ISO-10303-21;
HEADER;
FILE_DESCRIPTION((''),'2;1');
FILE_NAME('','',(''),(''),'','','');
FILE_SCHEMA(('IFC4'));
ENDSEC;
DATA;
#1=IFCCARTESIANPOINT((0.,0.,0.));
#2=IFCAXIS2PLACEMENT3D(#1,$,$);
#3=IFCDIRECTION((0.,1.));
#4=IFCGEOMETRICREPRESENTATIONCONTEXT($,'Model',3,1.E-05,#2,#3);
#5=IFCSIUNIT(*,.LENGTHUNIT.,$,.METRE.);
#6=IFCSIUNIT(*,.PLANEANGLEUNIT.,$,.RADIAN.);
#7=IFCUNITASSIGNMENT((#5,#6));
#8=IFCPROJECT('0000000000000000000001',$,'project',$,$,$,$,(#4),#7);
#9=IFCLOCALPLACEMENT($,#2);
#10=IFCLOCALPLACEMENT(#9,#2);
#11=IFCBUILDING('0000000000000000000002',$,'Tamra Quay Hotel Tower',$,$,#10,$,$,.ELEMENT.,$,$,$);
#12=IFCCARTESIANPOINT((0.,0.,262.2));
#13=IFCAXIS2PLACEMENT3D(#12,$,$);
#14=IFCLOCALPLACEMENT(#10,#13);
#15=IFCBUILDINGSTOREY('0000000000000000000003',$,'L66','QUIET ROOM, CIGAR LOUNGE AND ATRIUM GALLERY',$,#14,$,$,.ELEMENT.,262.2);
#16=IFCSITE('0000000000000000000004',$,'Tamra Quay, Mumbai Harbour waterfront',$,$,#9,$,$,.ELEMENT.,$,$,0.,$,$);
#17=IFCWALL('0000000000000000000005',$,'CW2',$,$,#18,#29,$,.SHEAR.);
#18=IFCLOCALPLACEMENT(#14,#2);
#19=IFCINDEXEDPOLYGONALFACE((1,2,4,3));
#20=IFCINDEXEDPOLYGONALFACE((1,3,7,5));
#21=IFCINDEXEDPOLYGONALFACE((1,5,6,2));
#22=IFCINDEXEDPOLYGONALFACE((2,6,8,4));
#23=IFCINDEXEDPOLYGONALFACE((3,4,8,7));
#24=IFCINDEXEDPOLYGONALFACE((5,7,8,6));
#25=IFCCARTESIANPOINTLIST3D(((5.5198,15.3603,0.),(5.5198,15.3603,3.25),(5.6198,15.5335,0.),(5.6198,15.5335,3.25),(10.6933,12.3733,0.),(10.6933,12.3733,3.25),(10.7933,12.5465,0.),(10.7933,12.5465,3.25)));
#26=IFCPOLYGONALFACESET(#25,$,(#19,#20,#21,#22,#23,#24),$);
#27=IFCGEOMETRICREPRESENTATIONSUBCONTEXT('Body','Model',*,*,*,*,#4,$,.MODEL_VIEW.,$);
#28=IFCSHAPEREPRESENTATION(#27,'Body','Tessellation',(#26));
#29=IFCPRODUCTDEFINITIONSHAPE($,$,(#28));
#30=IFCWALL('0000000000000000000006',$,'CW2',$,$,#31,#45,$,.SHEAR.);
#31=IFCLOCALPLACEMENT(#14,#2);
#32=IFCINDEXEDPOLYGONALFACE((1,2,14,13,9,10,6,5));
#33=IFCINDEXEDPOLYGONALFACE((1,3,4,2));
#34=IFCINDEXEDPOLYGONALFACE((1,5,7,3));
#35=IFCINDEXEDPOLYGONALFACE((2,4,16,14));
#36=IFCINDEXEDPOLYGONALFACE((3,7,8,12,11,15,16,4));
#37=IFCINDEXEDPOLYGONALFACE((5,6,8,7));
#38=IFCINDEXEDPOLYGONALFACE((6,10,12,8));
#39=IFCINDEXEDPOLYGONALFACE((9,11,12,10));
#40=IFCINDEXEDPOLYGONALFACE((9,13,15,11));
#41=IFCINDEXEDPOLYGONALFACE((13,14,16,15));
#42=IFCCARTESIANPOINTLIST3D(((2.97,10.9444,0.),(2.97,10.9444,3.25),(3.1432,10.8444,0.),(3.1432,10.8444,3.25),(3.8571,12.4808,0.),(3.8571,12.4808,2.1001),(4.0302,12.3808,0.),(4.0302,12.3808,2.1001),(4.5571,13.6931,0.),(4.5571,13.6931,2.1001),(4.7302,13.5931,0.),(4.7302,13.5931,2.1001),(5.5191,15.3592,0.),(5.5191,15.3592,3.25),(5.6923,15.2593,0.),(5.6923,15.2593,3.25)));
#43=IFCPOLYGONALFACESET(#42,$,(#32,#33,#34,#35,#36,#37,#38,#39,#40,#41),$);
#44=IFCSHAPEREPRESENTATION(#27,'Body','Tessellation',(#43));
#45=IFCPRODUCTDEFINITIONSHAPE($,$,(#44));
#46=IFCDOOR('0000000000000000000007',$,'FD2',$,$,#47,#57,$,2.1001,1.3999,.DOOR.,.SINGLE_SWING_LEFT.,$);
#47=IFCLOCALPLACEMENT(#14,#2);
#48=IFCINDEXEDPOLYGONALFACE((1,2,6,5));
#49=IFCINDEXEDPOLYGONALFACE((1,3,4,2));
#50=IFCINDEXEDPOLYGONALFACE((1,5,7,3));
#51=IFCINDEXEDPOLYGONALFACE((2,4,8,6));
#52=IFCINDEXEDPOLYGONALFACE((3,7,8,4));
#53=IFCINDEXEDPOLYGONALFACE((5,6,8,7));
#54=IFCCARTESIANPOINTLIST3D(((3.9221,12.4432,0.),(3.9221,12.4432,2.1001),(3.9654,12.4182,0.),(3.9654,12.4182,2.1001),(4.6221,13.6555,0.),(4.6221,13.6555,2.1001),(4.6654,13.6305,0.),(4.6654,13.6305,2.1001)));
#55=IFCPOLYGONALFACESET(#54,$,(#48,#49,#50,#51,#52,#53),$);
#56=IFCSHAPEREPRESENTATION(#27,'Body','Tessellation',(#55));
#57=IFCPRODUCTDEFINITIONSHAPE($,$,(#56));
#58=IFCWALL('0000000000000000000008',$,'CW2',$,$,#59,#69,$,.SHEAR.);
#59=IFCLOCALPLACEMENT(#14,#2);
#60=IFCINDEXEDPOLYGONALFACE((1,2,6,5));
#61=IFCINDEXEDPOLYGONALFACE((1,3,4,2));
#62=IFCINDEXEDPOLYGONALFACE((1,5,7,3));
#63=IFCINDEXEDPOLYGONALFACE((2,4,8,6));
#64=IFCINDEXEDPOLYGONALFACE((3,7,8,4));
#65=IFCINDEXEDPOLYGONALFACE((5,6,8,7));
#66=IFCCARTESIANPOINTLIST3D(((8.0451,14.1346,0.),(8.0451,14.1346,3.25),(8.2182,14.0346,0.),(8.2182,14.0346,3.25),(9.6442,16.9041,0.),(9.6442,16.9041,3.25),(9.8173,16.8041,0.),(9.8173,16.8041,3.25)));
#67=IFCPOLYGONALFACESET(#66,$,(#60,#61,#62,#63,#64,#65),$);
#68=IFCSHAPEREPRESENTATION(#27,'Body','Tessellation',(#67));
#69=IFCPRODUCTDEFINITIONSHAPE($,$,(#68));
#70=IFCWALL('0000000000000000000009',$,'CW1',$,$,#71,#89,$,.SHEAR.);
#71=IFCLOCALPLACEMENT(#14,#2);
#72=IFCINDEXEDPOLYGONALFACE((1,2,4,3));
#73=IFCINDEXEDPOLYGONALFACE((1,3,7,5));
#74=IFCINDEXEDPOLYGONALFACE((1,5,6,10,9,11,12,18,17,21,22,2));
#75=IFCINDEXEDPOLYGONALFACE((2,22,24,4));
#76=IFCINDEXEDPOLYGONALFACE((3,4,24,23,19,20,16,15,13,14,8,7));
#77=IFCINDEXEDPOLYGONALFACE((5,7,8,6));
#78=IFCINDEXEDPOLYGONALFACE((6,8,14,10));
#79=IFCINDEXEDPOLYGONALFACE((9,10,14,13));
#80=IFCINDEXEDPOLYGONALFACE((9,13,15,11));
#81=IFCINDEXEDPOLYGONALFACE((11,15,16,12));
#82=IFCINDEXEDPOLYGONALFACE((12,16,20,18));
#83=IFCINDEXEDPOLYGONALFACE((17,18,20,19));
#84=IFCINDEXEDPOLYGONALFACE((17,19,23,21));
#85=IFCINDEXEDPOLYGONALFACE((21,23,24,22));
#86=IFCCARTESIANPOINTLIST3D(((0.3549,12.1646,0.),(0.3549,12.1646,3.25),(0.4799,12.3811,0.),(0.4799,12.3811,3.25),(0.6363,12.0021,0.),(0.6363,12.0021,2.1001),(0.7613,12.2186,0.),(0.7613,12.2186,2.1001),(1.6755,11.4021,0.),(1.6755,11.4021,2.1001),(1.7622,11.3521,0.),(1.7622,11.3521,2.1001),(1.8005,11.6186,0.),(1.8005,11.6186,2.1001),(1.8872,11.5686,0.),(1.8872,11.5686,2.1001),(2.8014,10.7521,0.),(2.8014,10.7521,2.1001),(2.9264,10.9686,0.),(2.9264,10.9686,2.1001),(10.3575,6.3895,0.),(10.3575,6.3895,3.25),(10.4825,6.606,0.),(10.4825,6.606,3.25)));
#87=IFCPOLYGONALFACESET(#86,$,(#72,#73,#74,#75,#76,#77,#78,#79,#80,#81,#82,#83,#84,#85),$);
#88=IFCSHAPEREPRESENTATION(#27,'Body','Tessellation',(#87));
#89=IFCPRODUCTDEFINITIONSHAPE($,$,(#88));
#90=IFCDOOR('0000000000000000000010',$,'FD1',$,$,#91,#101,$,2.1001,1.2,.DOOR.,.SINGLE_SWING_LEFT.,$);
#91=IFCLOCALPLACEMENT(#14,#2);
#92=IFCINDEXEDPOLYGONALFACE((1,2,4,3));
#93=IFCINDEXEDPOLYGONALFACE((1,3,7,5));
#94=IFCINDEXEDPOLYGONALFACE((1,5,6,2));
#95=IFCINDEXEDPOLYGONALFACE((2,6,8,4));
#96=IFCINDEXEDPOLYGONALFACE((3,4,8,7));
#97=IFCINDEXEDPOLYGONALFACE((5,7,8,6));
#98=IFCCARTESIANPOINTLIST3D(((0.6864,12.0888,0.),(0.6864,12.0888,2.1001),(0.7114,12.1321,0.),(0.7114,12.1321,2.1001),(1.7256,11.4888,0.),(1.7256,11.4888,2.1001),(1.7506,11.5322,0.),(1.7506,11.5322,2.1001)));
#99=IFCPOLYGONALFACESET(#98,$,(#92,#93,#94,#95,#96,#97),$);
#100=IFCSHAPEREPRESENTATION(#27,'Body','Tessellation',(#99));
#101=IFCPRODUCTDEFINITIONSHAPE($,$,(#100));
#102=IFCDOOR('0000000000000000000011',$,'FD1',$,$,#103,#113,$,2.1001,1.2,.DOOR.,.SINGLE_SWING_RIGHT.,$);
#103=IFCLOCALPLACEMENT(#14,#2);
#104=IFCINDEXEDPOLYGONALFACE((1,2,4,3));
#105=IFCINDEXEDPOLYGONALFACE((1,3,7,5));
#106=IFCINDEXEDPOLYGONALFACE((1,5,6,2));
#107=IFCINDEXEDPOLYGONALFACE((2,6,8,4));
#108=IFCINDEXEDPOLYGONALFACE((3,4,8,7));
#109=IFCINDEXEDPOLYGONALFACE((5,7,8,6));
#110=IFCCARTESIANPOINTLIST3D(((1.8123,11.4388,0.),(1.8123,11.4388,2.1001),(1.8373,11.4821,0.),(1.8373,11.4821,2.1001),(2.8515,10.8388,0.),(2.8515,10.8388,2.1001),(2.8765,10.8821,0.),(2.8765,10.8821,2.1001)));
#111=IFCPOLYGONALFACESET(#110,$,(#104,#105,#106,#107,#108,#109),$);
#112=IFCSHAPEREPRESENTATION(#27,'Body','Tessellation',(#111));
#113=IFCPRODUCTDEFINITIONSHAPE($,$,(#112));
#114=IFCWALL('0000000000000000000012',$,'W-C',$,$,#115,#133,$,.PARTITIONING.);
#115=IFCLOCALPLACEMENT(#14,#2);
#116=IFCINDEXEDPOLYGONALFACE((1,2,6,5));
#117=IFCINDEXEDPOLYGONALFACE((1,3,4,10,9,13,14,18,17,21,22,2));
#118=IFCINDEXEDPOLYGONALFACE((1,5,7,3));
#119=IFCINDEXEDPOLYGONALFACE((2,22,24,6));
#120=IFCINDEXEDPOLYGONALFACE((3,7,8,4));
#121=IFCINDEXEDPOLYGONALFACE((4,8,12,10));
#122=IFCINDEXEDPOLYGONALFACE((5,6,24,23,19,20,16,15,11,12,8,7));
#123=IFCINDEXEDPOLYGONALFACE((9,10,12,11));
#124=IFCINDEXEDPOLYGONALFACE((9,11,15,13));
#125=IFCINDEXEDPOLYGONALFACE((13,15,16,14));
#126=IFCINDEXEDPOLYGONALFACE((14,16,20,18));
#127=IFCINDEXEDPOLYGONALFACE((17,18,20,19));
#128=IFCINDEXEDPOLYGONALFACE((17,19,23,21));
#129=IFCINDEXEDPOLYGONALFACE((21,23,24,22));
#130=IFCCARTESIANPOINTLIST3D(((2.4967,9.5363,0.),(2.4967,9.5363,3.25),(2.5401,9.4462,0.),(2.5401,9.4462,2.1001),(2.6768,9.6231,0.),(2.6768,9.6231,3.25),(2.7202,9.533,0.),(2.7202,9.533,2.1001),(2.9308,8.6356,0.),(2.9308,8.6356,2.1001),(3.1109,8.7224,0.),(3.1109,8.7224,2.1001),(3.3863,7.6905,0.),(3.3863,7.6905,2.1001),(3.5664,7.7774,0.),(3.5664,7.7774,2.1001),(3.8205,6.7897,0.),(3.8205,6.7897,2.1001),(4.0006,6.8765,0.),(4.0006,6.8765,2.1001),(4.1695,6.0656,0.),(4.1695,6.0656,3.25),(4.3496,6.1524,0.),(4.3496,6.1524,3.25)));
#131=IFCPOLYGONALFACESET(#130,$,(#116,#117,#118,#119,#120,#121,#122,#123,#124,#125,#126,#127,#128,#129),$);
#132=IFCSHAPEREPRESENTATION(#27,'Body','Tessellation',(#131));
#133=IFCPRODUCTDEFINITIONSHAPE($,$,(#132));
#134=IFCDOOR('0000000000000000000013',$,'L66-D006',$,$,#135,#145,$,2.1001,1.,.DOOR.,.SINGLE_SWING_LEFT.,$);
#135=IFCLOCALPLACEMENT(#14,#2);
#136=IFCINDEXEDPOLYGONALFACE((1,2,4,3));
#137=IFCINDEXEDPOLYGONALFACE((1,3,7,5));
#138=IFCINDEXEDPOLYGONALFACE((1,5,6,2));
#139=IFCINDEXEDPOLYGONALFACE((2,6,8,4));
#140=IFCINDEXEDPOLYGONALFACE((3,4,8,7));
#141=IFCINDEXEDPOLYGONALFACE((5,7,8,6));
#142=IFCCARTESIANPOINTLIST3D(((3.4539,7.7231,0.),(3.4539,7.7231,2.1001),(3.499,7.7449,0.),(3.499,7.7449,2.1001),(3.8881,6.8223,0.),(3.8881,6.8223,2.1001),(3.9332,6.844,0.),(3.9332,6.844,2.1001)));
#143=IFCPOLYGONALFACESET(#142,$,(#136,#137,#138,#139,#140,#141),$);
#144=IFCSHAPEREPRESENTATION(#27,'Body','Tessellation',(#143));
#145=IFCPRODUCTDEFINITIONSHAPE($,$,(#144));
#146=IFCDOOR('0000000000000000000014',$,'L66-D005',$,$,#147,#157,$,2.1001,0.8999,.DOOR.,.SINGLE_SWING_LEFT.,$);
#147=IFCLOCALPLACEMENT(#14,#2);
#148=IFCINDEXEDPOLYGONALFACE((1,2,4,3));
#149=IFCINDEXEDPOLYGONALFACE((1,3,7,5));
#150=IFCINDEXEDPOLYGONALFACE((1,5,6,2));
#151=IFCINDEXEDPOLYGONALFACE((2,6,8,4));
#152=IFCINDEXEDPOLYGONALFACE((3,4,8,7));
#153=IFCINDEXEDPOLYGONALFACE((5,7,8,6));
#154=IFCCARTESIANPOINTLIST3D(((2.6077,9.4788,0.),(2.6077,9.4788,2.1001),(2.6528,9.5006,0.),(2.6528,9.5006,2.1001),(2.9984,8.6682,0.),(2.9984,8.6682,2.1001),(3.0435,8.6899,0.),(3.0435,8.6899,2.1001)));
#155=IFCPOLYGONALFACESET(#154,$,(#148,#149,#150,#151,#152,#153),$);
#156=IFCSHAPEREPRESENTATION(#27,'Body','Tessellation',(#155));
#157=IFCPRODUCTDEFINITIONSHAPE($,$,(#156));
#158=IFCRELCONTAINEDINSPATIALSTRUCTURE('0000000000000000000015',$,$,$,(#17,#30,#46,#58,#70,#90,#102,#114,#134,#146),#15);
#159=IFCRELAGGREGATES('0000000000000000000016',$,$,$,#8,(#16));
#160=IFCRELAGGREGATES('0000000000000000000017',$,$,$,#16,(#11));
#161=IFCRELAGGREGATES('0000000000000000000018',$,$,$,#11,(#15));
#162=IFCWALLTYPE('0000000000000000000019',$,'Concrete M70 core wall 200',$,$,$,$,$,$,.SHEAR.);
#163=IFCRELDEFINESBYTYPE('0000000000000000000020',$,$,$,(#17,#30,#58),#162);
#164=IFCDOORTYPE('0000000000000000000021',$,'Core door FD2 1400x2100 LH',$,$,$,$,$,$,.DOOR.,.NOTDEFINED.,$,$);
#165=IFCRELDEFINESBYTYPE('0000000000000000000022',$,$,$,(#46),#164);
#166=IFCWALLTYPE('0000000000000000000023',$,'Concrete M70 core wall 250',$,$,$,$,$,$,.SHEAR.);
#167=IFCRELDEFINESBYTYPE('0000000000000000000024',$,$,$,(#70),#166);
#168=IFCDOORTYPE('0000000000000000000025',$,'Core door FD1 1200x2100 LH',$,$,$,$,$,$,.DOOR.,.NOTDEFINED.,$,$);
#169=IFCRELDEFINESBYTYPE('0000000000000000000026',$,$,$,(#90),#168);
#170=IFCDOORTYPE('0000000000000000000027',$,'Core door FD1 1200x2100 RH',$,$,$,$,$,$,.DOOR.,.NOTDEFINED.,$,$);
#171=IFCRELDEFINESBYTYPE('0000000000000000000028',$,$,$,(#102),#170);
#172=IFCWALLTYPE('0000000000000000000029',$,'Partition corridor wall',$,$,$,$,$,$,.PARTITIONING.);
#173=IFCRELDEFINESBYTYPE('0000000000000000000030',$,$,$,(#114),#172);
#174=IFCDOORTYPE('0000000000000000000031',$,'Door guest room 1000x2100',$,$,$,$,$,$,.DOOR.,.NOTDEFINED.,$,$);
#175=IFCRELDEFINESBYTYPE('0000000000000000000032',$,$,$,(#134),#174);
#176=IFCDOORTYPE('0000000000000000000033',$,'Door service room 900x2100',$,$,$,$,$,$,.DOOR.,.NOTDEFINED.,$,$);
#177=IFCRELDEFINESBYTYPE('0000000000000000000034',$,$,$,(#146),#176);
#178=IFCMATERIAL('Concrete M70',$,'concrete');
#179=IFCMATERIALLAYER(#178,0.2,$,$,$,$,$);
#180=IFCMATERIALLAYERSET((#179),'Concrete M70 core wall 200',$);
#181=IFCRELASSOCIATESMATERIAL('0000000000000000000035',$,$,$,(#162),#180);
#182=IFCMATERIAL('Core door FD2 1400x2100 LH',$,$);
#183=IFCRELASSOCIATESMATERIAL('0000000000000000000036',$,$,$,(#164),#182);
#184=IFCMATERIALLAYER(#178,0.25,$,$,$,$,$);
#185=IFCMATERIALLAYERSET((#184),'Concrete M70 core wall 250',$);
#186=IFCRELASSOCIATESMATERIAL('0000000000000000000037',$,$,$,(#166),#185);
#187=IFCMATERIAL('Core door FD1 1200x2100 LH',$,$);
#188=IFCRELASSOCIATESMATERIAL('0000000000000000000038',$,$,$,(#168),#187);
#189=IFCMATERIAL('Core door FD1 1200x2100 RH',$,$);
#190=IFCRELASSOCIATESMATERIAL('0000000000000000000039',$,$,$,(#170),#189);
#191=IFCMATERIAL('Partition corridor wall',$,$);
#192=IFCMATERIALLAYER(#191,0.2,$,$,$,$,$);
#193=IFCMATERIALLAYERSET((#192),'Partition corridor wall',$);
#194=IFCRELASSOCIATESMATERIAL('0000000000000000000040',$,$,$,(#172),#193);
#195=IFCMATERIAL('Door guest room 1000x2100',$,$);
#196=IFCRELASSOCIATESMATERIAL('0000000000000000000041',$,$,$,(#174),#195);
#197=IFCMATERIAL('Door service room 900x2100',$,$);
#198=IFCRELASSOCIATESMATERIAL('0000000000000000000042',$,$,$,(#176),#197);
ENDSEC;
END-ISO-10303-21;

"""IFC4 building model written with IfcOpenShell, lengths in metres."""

from ifc_helpers import new_model, si_unit, direction, frame, frame_2d, origin, place, context, subcontext, project, spatial, rectangle, extrude, material, layer, layer_set, type_object, element, fill, save


model = new_model("IFC4")

# Units and contexts
model_context = context("Model", 3, precision=1e-05, world=origin(), true_north=direction((0.0, 1.0)))
body_context = subcontext(model_context, "Body", "Model", "MODEL_VIEW")
ifc_project = project(units=[si_unit("LENGTHUNIT", "METRE"), si_unit("PLANEANGLEUNIT", "RADIAN")], contexts=[model_context])

# Site, building, storey
site_placement = place(None, origin())
site = spatial("IfcSite", under=ifc_project, at=site_placement, Name="Tamra Quay, Mumbai Harbour waterfront", CompositionType="ELEMENT", RefElevation=0.0)
building_placement = place(site_placement, origin())
building = spatial("IfcBuilding", under=site, at=building_placement, Name="Tamra Quay Hotel Tower", CompositionType="ELEMENT")
storey_placement = place(building_placement, frame((0.0, 0.0, 262.2)))
storey = spatial("IfcBuildingStorey", under=building, at=storey_placement, Name="L66", Description="QUIET ROOM, CIGAR LOUNGE AND ATRIUM GALLERY", CompositionType="ELEMENT", Elevation=262.2)

# Wall
ifc_material_1 = material(Name="Concrete M70", Category="concrete")
ifc_layer_1 = layer(ifc_material_1, 0.2)
ifc_layer_set_1 = layer_set([ifc_layer_1], Name="Concrete M70 core wall 200")
wall_type_1 = type_object("IfcWallType", Name="Concrete M70 core wall 200", PredefinedType="SHEAR", material=ifc_layer_set_1)
wall_1_placement = place(storey_placement, frame((10.7432, 12.46, 0.0), z_axis=(0.0, 0.0, 1.0), x_axis=(-0.866019, 0.500011, 0.0)))
element("IfcWall", 1, at=wall_1_placement, inside=storey, type_object=wall_type_1, Name="CW2", PredefinedType="SHEAR", context=body_context, shape_type="SweptSolid", body=[
    extrude(rectangle(XDim=5.9739, YDim=0.2, at=frame_2d((2.9868, 0.0))), origin(), (0.0, 0.0, 1.0), 3.25),
])

# Wall, opening, door
wall_2_placement = place(storey_placement, frame((3.0566, 10.8945, 0.0), z_axis=(0.0, 0.0, 1.0), x_axis=(0.500028, 0.866009, 0.0)))
wall_2 = element("IfcWall", 2, at=wall_2_placement, inside=storey, type_object=wall_type_1, Name="CW2", PredefinedType="SHEAR", context=body_context, shape_type="SweptSolid", body=[
    extrude(rectangle(XDim=5.0979, YDim=0.2, at=frame_2d((2.5488, 0.0))), origin(), (0.0, 0.0, 1.0), 3.25),
])
opening_1_placement = place(wall_2_placement, frame((1.7739, 0.0, 0.0)))
opening_1 = element("IfcOpeningElement", 3, at=opening_1_placement, cuts=wall_2, PredefinedType="OPENING", context=body_context, shape_type="SweptSolid", body=[
    extrude(rectangle(XDim=1.3999, YDim=2.1001, at=frame_2d((0.7, 1.05))), frame((0.0, 0.1099, 0.0), z_axis=(0.0, -1.0, 0.0), x_axis=(1.0, 0.0, 0.0)), (0.0, 0.0, 1.0), 0.22),
])
ifc_material_2 = material(Name="Core door FD2 1400x2100 LH")
door_type_1 = type_object("IfcDoorType", Name="Core door FD2 1400x2100 LH", OperationType="NOTDEFINED", PredefinedType="DOOR", material=ifc_material_2)
door_1_placement = place(opening_1_placement, origin())
door_1 = element("IfcDoor", 4, at=door_1_placement, inside=storey, type_object=door_type_1, Name="FD2", OperationType="SINGLE_SWING_LEFT", OverallHeight=2.1001, OverallWidth=1.3999, PredefinedType="DOOR", context=body_context, shape_type="SweptSolid", body=[
    extrude(rectangle(XDim=1.3999, YDim=2.1001, at=frame_2d((0.7, 1.05))), frame((0.0, 0.0249, 0.0), z_axis=(0.0, -1.0, 0.0), x_axis=(1.0, 0.0, 0.0)), (0.0, 0.0, 1.0), 0.05),
])
fill(opening_1, door_1)

# Wall
wall_3_placement = place(storey_placement, frame((8.1316, 14.0845, 0.0), z_axis=(0.0, 0.0, 1.0), x_axis=(0.500031, 0.866008, 0.0)))
element("IfcWall", 5, at=wall_3_placement, inside=storey, type_object=wall_type_1, Name="CW2", PredefinedType="SHEAR", context=body_context, shape_type="SweptSolid", body=[
    extrude(rectangle(XDim=3.198, YDim=0.2, at=frame_2d((1.5991, 0.0))), origin(), (0.0, 0.0, 1.0), 3.25),
])

# Walls, openings, doors
ifc_layer_2 = layer(ifc_material_1, 0.25)
ifc_layer_set_2 = layer_set([ifc_layer_2], Name="Concrete M70 core wall 250")
wall_type_2 = type_object("IfcWallType", Name="Concrete M70 core wall 250", PredefinedType="SHEAR", material=ifc_layer_set_2)
wall_4_placement = place(storey_placement, frame((10.4199, 6.4978, 0.0), z_axis=(0.0, 0.0, 1.0), x_axis=(-0.866022, 0.500006, 0.0)))
wall_4 = element("IfcWall", 6, at=wall_4_placement, inside=storey, type_object=wall_type_2, Name="CW1", PredefinedType="SHEAR", context=body_context, shape_type="SweptSolid", body=[
    extrude(rectangle(XDim=11.55, YDim=0.25, at=frame_2d((5.7749, 0.0))), origin(), (0.0, 0.0, 1.0), 3.25),
])
opening_2_placement = place(wall_4_placement, frame((10.0249, 0.0, 0.0)))
opening_2 = element("IfcOpeningElement", 7, at=opening_2_placement, cuts=wall_4, PredefinedType="OPENING", context=body_context, shape_type="SweptSolid", body=[
    extrude(rectangle(XDim=1.2, YDim=2.1001, at=frame_2d((0.6001, 1.05))), frame((0.0, 0.135, 0.0), z_axis=(0.0, -1.0, 0.0), x_axis=(1.0, 0.0, 0.0)), (0.0, 0.0, 1.0), 0.27),
])
opening_3_placement = place(wall_4_placement, frame((8.7249, 0.0, 0.0)))
opening_3 = element("IfcOpeningElement", 8, at=opening_3_placement, cuts=wall_4, PredefinedType="OPENING", context=body_context, shape_type="SweptSolid", body=[
    extrude(rectangle(XDim=1.2, YDim=2.1001, at=frame_2d((0.6001, 1.05))), frame((0.0, 0.135, 0.0), z_axis=(0.0, -1.0, 0.0), x_axis=(1.0, 0.0, 0.0)), (0.0, 0.0, 1.0), 0.27),
])
ifc_material_3 = material(Name="Core door FD1 1200x2100 LH")
door_type_2 = type_object("IfcDoorType", Name="Core door FD1 1200x2100 LH", OperationType="NOTDEFINED", PredefinedType="DOOR", material=ifc_material_3)
door_2_placement = place(opening_2_placement, origin())
door_2 = element("IfcDoor", 9, at=door_2_placement, inside=storey, type_object=door_type_2, Name="FD1", OperationType="SINGLE_SWING_LEFT", OverallHeight=2.1001, OverallWidth=1.2, PredefinedType="DOOR", context=body_context, shape_type="SweptSolid", body=[
    extrude(rectangle(XDim=1.2, YDim=2.1001, at=frame_2d((0.6001, 1.05))), frame((0.0, 0.0249, 0.0), z_axis=(0.0, -1.0, 0.0), x_axis=(1.0, 0.0, 0.0)), (0.0, 0.0, 1.0), 0.05),
])
fill(opening_2, door_2)
ifc_material_4 = material(Name="Core door FD1 1200x2100 RH")
door_type_3 = type_object("IfcDoorType", Name="Core door FD1 1200x2100 RH", OperationType="NOTDEFINED", PredefinedType="DOOR", material=ifc_material_4)
door_3_placement = place(opening_3_placement, origin())
door_3 = element("IfcDoor", 10, at=door_3_placement, inside=storey, type_object=door_type_3, Name="FD1", OperationType="SINGLE_SWING_RIGHT", OverallHeight=2.1001, OverallWidth=1.2, PredefinedType="DOOR", context=body_context, shape_type="SweptSolid", body=[
    extrude(rectangle(XDim=1.2, YDim=2.1001, at=frame_2d((0.6001, 1.05))), frame((0.0, 0.0249, 0.0), z_axis=(0.0, -1.0, 0.0), x_axis=(1.0, 0.0, 0.0)), (0.0, 0.0, 1.0), 0.05),
])
fill(opening_3, door_3)
ifc_material_5 = material(Name="Partition corridor wall")
ifc_layer_3 = layer(ifc_material_5, 0.2)
ifc_layer_set_3 = layer_set([ifc_layer_3], Name="Partition corridor wall")
wall_type_3 = type_object("IfcWallType", Name="Partition corridor wall", PredefinedType="PARTITIONING", material=ifc_layer_set_3)
wall_5_placement = place(storey_placement, frame((4.2595, 6.1091, 0.0), z_axis=(0.0, 0.0, 1.0), x_axis=(-0.434189, 0.900822, 0.0)))
wall_5 = element("IfcWall", 11, at=wall_5_placement, inside=storey, type_object=wall_type_3, Name="W-C", PredefinedType="PARTITIONING", context=body_context, shape_type="SweptSolid", body=[
    extrude(rectangle(XDim=3.8528, YDim=0.2, at=frame_2d((1.9263, 0.0))), origin(), (0.0, 0.0, 1.0), 3.25),
])
opening_4_placement = place(wall_5_placement, frame((2.8528, 0.0, 0.0)))
opening_4 = element("IfcOpeningElement", 12, at=opening_4_placement, cuts=wall_5, PredefinedType="OPENING", context=body_context, shape_type="SweptSolid", body=[
    extrude(rectangle(XDim=0.8999, YDim=2.1001, at=frame_2d((0.45, 1.05))), frame((0.0, 0.1099, 0.0), z_axis=(0.0, -1.0, 0.0), x_axis=(1.0, 0.0, 0.0)), (0.0, 0.0, 1.0), 0.22),
])
opening_5_placement = place(wall_5_placement, frame((0.8037, 0.0, 0.0)))
opening_5 = element("IfcOpeningElement", 13, at=opening_5_placement, cuts=wall_5, PredefinedType="OPENING", context=body_context, shape_type="SweptSolid", body=[
    extrude(rectangle(XDim=1.0, YDim=2.1001, at=frame_2d((0.5, 1.05))), frame((0.0, 0.1099, 0.0), z_axis=(0.0, -1.0, 0.0), x_axis=(1.0, 0.0, 0.0)), (0.0, 0.0, 1.0), 0.22),
])
ifc_material_6 = material(Name="Door guest room 1000x2100")
door_type_4 = type_object("IfcDoorType", Name="Door guest room 1000x2100", OperationType="NOTDEFINED", PredefinedType="DOOR", material=ifc_material_6)
door_4_placement = place(opening_5_placement, origin())
door_4 = element("IfcDoor", 14, at=door_4_placement, inside=storey, type_object=door_type_4, Name="L66-D006", OperationType="SINGLE_SWING_LEFT", OverallHeight=2.1001, OverallWidth=1.0, PredefinedType="DOOR", context=body_context, shape_type="SweptSolid", body=[
    extrude(rectangle(XDim=1.0, YDim=2.1001, at=frame_2d((0.5, 1.05))), frame((0.0, 0.0249, 0.0), z_axis=(0.0, -1.0, 0.0), x_axis=(1.0, 0.0, 0.0)), (0.0, 0.0, 1.0), 0.05),
])
fill(opening_5, door_4)
ifc_material_7 = material(Name="Door service room 900x2100")
door_type_5 = type_object("IfcDoorType", Name="Door service room 900x2100", OperationType="NOTDEFINED", PredefinedType="DOOR", material=ifc_material_7)
door_5_placement = place(opening_4_placement, origin())
door_5 = element("IfcDoor", 15, at=door_5_placement, inside=storey, type_object=door_type_5, Name="L66-D005", OperationType="SINGLE_SWING_LEFT", OverallHeight=2.1001, OverallWidth=0.8999, PredefinedType="DOOR", context=body_context, shape_type="SweptSolid", body=[
    extrude(rectangle(XDim=0.8999, YDim=2.1001, at=frame_2d((0.45, 1.05))), frame((0.0, 0.0249, 0.0), z_axis=(0.0, -1.0, 0.0), x_axis=(1.0, 0.0, 0.0)), (0.0, 0.0, 1.0), 0.05),
])
fill(opening_4, door_5)

save(model, "model.ifc")
